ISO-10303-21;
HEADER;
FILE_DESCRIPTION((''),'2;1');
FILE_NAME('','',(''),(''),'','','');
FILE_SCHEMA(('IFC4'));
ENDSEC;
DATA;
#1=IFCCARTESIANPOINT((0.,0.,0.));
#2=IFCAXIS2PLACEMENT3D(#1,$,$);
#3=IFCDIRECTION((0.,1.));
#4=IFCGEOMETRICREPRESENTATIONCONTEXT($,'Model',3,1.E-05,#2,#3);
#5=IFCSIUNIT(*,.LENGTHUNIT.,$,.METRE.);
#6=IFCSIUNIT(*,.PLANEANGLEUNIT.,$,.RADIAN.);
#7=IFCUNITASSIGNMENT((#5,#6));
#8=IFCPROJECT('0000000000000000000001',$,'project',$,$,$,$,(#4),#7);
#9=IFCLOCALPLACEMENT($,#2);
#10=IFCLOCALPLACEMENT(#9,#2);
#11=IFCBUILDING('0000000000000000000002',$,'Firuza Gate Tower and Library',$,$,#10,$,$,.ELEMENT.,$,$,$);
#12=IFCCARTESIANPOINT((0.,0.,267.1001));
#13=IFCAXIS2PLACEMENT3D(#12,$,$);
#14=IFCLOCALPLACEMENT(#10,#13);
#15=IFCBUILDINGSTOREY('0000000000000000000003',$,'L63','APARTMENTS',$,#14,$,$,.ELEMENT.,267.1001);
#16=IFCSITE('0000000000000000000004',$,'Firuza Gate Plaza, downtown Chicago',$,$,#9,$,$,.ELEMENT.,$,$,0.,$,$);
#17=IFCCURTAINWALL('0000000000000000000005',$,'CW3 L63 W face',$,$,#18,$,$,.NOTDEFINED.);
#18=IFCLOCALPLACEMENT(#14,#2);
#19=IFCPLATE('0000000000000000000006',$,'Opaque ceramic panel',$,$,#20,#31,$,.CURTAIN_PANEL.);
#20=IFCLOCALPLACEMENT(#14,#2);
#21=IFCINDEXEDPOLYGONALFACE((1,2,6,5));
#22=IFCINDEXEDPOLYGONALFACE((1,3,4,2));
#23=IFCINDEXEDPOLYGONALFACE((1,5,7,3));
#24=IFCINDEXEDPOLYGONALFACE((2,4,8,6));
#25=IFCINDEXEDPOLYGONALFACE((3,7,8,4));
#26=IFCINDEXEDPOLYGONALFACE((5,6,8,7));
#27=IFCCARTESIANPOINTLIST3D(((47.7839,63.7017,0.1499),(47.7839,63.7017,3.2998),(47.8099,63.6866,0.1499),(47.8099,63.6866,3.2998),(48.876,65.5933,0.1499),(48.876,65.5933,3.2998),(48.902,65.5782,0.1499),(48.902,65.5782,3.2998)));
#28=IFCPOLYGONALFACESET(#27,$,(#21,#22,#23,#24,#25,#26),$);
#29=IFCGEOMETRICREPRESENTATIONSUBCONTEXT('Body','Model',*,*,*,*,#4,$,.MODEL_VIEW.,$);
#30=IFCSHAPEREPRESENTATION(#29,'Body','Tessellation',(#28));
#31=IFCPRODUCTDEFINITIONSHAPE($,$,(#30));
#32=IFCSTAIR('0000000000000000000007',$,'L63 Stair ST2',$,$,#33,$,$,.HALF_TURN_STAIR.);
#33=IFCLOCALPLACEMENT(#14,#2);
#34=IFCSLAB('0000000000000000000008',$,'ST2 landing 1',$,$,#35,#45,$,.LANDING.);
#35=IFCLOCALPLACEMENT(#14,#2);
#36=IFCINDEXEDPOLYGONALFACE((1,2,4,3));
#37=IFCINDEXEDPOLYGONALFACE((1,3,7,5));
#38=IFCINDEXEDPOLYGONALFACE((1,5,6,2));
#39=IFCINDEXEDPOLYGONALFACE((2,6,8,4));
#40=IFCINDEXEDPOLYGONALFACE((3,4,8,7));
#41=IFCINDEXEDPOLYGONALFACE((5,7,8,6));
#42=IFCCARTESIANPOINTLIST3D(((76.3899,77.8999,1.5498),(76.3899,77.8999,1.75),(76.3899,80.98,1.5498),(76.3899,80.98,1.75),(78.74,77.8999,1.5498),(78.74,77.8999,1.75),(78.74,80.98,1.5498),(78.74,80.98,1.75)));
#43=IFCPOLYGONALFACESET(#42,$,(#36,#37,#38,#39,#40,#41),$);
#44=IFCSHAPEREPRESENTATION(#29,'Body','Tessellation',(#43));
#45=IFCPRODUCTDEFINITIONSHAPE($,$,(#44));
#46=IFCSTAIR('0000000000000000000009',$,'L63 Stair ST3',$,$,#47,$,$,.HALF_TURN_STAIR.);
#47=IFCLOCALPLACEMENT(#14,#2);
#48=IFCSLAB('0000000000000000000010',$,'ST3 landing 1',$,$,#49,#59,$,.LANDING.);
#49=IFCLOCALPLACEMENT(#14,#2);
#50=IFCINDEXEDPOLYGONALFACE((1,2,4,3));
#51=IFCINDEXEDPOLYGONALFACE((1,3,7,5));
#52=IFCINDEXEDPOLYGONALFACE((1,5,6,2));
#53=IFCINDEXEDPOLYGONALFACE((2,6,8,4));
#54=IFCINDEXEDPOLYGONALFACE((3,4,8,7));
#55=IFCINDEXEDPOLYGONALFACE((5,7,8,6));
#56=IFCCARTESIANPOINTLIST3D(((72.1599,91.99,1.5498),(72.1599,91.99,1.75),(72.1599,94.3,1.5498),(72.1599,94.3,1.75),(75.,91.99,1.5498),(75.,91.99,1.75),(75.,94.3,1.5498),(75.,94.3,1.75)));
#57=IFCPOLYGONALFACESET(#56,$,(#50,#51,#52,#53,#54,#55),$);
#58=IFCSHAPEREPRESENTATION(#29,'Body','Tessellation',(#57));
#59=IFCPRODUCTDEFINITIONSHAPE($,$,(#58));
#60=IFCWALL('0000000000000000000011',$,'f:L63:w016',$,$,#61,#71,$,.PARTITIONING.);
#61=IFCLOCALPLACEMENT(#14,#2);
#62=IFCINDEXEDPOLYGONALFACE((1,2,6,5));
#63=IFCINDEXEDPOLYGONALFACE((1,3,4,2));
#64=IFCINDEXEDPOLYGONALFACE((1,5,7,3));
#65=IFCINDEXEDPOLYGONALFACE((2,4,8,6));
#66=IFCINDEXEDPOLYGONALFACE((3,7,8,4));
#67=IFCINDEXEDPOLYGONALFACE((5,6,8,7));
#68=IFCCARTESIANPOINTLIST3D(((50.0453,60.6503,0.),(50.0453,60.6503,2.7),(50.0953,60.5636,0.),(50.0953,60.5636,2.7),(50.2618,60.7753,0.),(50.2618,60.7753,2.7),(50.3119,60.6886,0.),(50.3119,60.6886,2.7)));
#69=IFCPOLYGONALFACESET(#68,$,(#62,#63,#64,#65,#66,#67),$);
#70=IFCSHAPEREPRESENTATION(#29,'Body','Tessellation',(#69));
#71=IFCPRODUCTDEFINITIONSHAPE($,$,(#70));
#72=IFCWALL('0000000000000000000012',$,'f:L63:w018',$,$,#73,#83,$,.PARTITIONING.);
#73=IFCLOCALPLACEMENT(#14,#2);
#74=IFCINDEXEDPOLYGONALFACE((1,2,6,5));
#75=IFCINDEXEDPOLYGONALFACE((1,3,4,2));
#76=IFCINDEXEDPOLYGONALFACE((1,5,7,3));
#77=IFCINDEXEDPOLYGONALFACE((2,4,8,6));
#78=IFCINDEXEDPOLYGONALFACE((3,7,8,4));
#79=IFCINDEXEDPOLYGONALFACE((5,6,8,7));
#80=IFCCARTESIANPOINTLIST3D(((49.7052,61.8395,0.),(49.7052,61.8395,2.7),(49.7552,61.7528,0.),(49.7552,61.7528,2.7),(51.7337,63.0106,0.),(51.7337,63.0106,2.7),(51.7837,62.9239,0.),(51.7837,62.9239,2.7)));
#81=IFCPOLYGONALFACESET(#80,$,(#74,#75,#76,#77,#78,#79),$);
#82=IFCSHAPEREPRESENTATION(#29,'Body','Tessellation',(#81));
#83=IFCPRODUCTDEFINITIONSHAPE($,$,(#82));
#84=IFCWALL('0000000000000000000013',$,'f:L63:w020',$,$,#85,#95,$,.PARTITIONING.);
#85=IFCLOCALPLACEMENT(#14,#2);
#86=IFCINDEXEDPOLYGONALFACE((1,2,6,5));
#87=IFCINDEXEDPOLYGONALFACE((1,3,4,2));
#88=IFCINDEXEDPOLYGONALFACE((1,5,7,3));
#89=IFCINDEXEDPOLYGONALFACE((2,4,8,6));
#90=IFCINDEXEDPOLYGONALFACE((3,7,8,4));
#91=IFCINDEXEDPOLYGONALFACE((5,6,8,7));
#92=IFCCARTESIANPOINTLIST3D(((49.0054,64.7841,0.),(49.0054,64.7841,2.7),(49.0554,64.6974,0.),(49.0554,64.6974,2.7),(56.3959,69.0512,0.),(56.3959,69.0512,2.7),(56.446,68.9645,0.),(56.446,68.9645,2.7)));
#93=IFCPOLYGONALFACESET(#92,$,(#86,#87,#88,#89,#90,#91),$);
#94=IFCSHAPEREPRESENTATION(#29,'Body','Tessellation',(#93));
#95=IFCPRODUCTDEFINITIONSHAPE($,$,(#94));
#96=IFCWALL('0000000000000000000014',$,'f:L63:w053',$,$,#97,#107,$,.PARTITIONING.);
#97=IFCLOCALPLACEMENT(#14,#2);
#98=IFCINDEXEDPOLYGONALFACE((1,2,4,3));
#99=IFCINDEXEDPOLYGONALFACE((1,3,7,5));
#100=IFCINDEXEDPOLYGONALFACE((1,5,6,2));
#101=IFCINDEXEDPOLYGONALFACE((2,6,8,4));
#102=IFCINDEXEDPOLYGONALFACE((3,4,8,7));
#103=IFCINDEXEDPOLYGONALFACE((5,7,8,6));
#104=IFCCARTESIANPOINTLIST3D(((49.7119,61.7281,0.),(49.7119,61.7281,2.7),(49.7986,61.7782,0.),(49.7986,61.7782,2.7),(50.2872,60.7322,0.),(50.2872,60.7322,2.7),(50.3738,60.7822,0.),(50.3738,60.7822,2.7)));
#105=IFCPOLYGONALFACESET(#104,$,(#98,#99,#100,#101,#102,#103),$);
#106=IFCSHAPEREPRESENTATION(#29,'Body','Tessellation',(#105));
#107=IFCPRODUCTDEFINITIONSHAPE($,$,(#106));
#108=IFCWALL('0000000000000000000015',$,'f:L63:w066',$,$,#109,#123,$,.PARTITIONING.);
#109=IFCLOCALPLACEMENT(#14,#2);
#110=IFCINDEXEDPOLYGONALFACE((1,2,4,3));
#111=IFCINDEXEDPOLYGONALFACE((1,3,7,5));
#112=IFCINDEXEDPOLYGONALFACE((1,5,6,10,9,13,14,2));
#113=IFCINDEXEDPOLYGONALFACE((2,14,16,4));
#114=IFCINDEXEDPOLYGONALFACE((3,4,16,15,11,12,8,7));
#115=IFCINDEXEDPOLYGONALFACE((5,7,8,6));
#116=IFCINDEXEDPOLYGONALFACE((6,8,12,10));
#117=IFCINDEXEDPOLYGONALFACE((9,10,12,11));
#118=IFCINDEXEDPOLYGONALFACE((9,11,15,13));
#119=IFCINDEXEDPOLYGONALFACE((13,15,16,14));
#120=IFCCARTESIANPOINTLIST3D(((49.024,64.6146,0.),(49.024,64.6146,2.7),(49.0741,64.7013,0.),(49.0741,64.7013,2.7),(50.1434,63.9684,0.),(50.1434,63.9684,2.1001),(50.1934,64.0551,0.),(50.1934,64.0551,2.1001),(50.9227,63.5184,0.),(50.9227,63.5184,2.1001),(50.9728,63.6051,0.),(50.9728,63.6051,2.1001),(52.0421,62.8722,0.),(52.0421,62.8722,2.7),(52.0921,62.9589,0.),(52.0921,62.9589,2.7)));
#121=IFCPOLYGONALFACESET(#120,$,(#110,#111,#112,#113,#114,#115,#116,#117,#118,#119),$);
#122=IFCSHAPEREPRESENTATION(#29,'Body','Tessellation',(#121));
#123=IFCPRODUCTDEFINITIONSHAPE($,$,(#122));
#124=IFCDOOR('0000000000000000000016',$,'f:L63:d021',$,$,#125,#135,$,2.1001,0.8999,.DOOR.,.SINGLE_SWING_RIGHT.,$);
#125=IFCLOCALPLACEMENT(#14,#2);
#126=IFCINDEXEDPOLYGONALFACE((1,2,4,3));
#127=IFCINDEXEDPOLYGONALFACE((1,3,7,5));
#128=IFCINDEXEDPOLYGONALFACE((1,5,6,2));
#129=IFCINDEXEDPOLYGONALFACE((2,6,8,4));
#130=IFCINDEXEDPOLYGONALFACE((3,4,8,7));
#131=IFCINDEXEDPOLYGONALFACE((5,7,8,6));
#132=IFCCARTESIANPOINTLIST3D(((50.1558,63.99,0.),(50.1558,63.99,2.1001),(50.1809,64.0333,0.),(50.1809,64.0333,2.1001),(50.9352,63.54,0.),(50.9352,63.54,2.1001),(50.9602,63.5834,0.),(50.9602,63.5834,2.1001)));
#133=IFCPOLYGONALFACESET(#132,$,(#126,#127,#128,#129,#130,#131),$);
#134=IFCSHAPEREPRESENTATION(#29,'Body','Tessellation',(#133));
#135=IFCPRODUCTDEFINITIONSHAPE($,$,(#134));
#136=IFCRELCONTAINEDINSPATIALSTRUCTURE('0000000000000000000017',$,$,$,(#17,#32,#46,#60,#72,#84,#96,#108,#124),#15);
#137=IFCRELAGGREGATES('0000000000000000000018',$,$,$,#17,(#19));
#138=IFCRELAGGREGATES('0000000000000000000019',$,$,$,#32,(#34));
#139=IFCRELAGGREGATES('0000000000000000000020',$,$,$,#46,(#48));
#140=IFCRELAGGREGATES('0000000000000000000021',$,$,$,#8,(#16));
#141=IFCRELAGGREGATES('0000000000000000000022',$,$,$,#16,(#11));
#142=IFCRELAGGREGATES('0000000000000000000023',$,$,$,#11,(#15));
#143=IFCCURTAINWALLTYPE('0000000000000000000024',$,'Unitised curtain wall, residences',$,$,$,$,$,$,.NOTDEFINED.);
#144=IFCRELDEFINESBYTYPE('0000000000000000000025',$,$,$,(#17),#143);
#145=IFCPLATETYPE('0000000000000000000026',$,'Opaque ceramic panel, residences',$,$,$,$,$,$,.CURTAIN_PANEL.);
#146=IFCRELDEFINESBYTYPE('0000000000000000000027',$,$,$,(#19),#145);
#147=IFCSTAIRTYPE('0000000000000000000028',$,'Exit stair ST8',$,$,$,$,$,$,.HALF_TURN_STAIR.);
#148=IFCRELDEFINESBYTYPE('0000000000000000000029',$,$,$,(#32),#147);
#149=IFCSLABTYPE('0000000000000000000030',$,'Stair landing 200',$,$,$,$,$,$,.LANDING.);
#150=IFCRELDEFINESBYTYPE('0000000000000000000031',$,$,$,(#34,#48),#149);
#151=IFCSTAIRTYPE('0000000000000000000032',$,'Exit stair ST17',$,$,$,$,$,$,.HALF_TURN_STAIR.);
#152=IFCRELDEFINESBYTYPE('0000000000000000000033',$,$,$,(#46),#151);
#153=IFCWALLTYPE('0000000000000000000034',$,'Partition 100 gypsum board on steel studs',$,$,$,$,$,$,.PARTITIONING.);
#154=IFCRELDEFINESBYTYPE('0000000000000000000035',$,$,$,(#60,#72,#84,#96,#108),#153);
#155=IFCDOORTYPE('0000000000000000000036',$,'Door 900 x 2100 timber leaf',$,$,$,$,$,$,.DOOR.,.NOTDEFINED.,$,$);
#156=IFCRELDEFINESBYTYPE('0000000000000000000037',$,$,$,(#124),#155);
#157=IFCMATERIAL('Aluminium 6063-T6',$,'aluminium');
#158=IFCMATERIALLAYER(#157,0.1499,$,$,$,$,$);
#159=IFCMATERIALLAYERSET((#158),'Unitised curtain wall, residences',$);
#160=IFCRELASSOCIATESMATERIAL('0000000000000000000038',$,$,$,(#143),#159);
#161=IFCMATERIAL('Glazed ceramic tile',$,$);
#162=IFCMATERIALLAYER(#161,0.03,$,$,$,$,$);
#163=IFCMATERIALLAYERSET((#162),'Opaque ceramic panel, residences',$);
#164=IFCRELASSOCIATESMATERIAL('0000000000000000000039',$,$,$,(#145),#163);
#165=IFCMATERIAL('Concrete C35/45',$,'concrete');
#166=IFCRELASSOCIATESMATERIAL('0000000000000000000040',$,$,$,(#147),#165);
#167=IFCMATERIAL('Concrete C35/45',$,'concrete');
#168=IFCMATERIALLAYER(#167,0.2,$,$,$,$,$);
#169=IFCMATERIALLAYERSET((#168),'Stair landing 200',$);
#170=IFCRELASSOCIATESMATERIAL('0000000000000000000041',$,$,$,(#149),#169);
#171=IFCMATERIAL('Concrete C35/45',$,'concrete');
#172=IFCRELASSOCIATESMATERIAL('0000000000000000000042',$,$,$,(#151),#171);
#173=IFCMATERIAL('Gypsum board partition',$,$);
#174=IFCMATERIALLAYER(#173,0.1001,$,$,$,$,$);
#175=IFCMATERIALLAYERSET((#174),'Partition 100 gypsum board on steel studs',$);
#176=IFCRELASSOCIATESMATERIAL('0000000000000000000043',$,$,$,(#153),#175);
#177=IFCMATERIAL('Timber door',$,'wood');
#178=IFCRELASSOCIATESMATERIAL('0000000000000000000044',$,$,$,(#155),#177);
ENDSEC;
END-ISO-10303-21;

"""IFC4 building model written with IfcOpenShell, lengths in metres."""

from ifc_helpers import new_model, si_unit, direction, frame, frame_2d, origin, place, context, subcontext, project, spatial, polyline, rectangle, outline, extrude, material, layer, layer_set, type_object, element, fill, aggregate, save


model = new_model("IFC4")

# Units and contexts
model_context = context("Model", 3, precision=1e-05, world=origin(), true_north=direction((0.0, 1.0)))
body_context = subcontext(model_context, "Body", "Model", "MODEL_VIEW")
ifc_project = project(units=[si_unit("LENGTHUNIT", "METRE"), si_unit("PLANEANGLEUNIT", "RADIAN")], contexts=[model_context])

# Site, building, storey
site_placement = place(None, origin())
site = spatial("IfcSite", under=ifc_project, at=site_placement, Name="Firuza Gate Plaza, downtown Chicago", CompositionType="ELEMENT", RefElevation=0.0)
building_placement = place(site_placement, origin())
building = spatial("IfcBuilding", under=site, at=building_placement, Name="Firuza Gate Tower and Library", CompositionType="ELEMENT")
storey_placement = place(building_placement, frame((0.0, 0.0, 267.1001)))
storey = spatial("IfcBuildingStorey", under=building, at=storey_placement, Name="L63", Description="APARTMENTS", CompositionType="ELEMENT", Elevation=267.1001)

# Curtain wall
placement_1 = place(storey_placement, origin())
ifc_material_1 = material(Name="Aluminium 6063-T6", Category="aluminium")
ifc_layer_1 = layer(ifc_material_1, 0.1499)
ifc_layer_set_1 = layer_set([ifc_layer_1], Name="Unitised curtain wall, residences")
curtain_wall_type_1 = type_object("IfcCurtainWallType", Name="Unitised curtain wall, residences", PredefinedType="NOTDEFINED", material=ifc_layer_set_1)
curtain_wall_1 = element("IfcCurtainWall", 1, at=placement_1, inside=storey, type_object=curtain_wall_type_1, Name="CW3 L63 W face", PredefinedType="NOTDEFINED")

# Plate
ifc_material_2 = material(Name="Glazed ceramic tile")
ifc_layer_2 = layer(ifc_material_2, 0.03)
ifc_layer_set_2 = layer_set([ifc_layer_2], Name="Opaque ceramic panel, residences")
plate_type_1 = type_object("IfcPlateType", Name="Opaque ceramic panel, residences", PredefinedType="CURTAIN_PANEL", material=ifc_layer_set_2)
plate_1_placement = place(storey_placement, frame((48.876, 65.5933, 0.1499), z_axis=(-0.86604, 0.499974, 0.0), x_axis=(-0.499974, -0.86604, 0.0)))
plate_1 = element("IfcPlate", 2, at=plate_1_placement, type_object=plate_type_1, Name="Opaque ceramic panel", PredefinedType="CURTAIN_PANEL", context=body_context, shape_type="SweptSolid", body=[
    extrude(outline(polyline([(0.0, 0.0), (2.1842, 0.0), (2.1842, 3.1499), (0.0, 3.1499), (0.0, 0.0)])), origin(), (0.0, 0.0, -1.0), 0.03),
])
aggregate(curtain_wall_1, [plate_1])

# Stairs, slabs
ifc_material_3 = material(Name="Concrete C35/45", Category="concrete")
stair_type_1 = type_object("IfcStairType", Name="Exit stair ST8", PredefinedType="HALF_TURN_STAIR", material=ifc_material_3)
stair_1 = element("IfcStair", 3, at=placement_1, inside=storey, type_object=stair_type_1, Name="L63 Stair ST2", PredefinedType="HALF_TURN_STAIR")
ifc_material_4 = material(Name="Concrete C35/45", Category="concrete")
ifc_layer_3 = layer(ifc_material_4, 0.2)
ifc_layer_set_3 = layer_set([ifc_layer_3], Name="Stair landing 200")
slab_type = type_object("IfcSlabType", Name="Stair landing 200", PredefinedType="LANDING", material=ifc_layer_set_3)
placement_2 = place(storey_placement, frame((0.0, 0.0, 1.5498)))
slab_1 = element("IfcSlab", 4, at=placement_2, type_object=slab_type, Name="ST2 landing 1", PredefinedType="LANDING", context=body_context, shape_type="SweptSolid", body=[
    extrude(outline(polyline([(78.74, 80.98), (76.3899, 80.98), (76.3899, 77.8999), (78.74, 77.8999), (78.74, 80.98)])), origin(), (0.0, 0.0, 1.0), 0.2002),
])
aggregate(stair_1, [slab_1])
ifc_material_5 = material(Name="Concrete C35/45", Category="concrete")
stair_type_2 = type_object("IfcStairType", Name="Exit stair ST17", PredefinedType="HALF_TURN_STAIR", material=ifc_material_5)
stair_2 = element("IfcStair", 5, at=placement_1, inside=storey, type_object=stair_type_2, Name="L63 Stair ST3", PredefinedType="HALF_TURN_STAIR")
slab_2 = element("IfcSlab", 6, at=placement_2, type_object=slab_type, Name="ST3 landing 1", PredefinedType="LANDING", context=body_context, shape_type="SweptSolid", body=[
    extrude(outline(polyline([(75.0, 91.99), (75.0, 94.3), (72.1599, 94.3), (72.1599, 91.99), (75.0, 91.99)])), origin(), (0.0, 0.0, 1.0), 0.2002),
])
aggregate(stair_2, [slab_2])

# Walls
ifc_material_6 = material(Name="Gypsum board partition")
ifc_layer_4 = layer(ifc_material_6, 0.1001)
ifc_layer_set_4 = layer_set([ifc_layer_4], Name="Partition 100 gypsum board on steel studs")
wall_type = type_object("IfcWallType", Name="Partition 100 gypsum board on steel studs", PredefinedType="PARTITIONING", material=ifc_layer_set_4)
wall_1_placement = place(storey_placement, frame((50.0703, 60.6069, 0.0), z_axis=(0.0, 0.0, 1.0), x_axis=(0.866072, 0.49992, 0.0)))
element("IfcWall", 7, at=wall_1_placement, inside=storey, type_object=wall_type, Name="f:L63:w016", PredefinedType="PARTITIONING", context=body_context, shape_type="SweptSolid", body=[
    extrude(rectangle(XDim=0.25, YDim=0.1001, at=frame_2d((0.125, 0.0))), origin(), (0.0, 0.0, 1.0), 2.7),
])
wall_2_placement = place(storey_placement, frame((49.7302, 61.7961, 0.0), z_axis=(0.0, 0.0, 1.0), x_axis=(0.866035, 0.499984, 0.0)))
element("IfcWall", 8, at=wall_2_placement, inside=storey, type_object=wall_type, Name="f:L63:w018", PredefinedType="PARTITIONING", context=body_context, shape_type="SweptSolid", body=[
    extrude(rectangle(XDim=2.3423, YDim=0.1001, at=frame_2d((1.1711, 0.0))), origin(), (0.0, 0.0, 1.0), 2.7),
])
wall_3_placement = place(storey_placement, frame((49.0303, 64.7407, 0.0), z_axis=(0.0, 0.0, 1.0), x_axis=(0.86602, 0.50001, 0.0)))
element("IfcWall", 9, at=wall_3_placement, inside=storey, type_object=wall_type, Name="f:L63:w020", PredefinedType="PARTITIONING", context=body_context, shape_type="SweptSolid", body=[
    extrude(rectangle(XDim=8.5339, YDim=0.1001, at=frame_2d((4.2671, 0.0))), origin(), (0.0, 0.0, 1.0), 2.7),
])
wall_4_placement = place(storey_placement, frame((50.3306, 60.7571, 0.0), z_axis=(0.0, 0.0, 1.0), x_axis=(-0.500157, 0.865935, 0.0)))
element("IfcWall", 10, at=wall_4_placement, inside=storey, type_object=wall_type, Name="f:L63:w053", PredefinedType="PARTITIONING", context=body_context, shape_type="SweptSolid", body=[
    extrude(rectangle(XDim=1.1501, YDim=0.1001, at=frame_2d((0.5752, 0.0))), origin(), (0.0, 0.0, 1.0), 2.7),
])

# Wall, opening, door
wall_5_placement = place(storey_placement, frame((49.0491, 64.658, 0.0), z_axis=(0.0, 0.0, 1.0), x_axis=(0.866032, -0.499989, 0.0)))
wall_5 = element("IfcWall", 11, at=wall_5_placement, inside=storey, type_object=wall_type, Name="f:L63:w066", PredefinedType="PARTITIONING", context=body_context, shape_type="SweptSolid", body=[
    extrude(rectangle(XDim=3.4849, YDim=0.1001, at=frame_2d((1.7424, 0.0))), origin(), (0.0, 0.0, 1.0), 2.7),
])
opening_placement = place(wall_5_placement, frame((1.2925, 0.0, 0.0)))
opening = element("IfcOpeningElement", 12, at=opening_placement, cuts=wall_5, PredefinedType="OPENING", context=body_context, shape_type="SweptSolid", body=[
    extrude(rectangle(XDim=0.8999, YDim=2.1001, at=frame_2d((0.45, 1.05))), frame((0.0, 0.0601, 0.0), z_axis=(0.0, -1.0, 0.0), x_axis=(1.0, 0.0, 0.0)), (0.0, 0.0, 1.0), 0.1201),
])
ifc_material_7 = material(Name="Timber door", Category="wood")
door_type = type_object("IfcDoorType", Name="Door 900 x 2100 timber leaf", OperationType="NOTDEFINED", PredefinedType="DOOR", material=ifc_material_7)
door_placement = place(opening_placement, origin())
door = element("IfcDoor", 13, at=door_placement, inside=storey, type_object=door_type, Name="f:L63:d021", OperationType="SINGLE_SWING_RIGHT", OverallHeight=2.1001, OverallWidth=0.8999, PredefinedType="DOOR", context=body_context, shape_type="SweptSolid", body=[
    extrude(rectangle(XDim=0.8999, YDim=2.1001, at=frame_2d((0.45, 1.05))), frame((0.0, 0.0249, 0.0), z_axis=(0.0, -1.0, 0.0), x_axis=(1.0, 0.0, 0.0)), (0.0, 0.0, 1.0), 0.05),
])
fill(opening, door)

save(model, "model.ifc")
